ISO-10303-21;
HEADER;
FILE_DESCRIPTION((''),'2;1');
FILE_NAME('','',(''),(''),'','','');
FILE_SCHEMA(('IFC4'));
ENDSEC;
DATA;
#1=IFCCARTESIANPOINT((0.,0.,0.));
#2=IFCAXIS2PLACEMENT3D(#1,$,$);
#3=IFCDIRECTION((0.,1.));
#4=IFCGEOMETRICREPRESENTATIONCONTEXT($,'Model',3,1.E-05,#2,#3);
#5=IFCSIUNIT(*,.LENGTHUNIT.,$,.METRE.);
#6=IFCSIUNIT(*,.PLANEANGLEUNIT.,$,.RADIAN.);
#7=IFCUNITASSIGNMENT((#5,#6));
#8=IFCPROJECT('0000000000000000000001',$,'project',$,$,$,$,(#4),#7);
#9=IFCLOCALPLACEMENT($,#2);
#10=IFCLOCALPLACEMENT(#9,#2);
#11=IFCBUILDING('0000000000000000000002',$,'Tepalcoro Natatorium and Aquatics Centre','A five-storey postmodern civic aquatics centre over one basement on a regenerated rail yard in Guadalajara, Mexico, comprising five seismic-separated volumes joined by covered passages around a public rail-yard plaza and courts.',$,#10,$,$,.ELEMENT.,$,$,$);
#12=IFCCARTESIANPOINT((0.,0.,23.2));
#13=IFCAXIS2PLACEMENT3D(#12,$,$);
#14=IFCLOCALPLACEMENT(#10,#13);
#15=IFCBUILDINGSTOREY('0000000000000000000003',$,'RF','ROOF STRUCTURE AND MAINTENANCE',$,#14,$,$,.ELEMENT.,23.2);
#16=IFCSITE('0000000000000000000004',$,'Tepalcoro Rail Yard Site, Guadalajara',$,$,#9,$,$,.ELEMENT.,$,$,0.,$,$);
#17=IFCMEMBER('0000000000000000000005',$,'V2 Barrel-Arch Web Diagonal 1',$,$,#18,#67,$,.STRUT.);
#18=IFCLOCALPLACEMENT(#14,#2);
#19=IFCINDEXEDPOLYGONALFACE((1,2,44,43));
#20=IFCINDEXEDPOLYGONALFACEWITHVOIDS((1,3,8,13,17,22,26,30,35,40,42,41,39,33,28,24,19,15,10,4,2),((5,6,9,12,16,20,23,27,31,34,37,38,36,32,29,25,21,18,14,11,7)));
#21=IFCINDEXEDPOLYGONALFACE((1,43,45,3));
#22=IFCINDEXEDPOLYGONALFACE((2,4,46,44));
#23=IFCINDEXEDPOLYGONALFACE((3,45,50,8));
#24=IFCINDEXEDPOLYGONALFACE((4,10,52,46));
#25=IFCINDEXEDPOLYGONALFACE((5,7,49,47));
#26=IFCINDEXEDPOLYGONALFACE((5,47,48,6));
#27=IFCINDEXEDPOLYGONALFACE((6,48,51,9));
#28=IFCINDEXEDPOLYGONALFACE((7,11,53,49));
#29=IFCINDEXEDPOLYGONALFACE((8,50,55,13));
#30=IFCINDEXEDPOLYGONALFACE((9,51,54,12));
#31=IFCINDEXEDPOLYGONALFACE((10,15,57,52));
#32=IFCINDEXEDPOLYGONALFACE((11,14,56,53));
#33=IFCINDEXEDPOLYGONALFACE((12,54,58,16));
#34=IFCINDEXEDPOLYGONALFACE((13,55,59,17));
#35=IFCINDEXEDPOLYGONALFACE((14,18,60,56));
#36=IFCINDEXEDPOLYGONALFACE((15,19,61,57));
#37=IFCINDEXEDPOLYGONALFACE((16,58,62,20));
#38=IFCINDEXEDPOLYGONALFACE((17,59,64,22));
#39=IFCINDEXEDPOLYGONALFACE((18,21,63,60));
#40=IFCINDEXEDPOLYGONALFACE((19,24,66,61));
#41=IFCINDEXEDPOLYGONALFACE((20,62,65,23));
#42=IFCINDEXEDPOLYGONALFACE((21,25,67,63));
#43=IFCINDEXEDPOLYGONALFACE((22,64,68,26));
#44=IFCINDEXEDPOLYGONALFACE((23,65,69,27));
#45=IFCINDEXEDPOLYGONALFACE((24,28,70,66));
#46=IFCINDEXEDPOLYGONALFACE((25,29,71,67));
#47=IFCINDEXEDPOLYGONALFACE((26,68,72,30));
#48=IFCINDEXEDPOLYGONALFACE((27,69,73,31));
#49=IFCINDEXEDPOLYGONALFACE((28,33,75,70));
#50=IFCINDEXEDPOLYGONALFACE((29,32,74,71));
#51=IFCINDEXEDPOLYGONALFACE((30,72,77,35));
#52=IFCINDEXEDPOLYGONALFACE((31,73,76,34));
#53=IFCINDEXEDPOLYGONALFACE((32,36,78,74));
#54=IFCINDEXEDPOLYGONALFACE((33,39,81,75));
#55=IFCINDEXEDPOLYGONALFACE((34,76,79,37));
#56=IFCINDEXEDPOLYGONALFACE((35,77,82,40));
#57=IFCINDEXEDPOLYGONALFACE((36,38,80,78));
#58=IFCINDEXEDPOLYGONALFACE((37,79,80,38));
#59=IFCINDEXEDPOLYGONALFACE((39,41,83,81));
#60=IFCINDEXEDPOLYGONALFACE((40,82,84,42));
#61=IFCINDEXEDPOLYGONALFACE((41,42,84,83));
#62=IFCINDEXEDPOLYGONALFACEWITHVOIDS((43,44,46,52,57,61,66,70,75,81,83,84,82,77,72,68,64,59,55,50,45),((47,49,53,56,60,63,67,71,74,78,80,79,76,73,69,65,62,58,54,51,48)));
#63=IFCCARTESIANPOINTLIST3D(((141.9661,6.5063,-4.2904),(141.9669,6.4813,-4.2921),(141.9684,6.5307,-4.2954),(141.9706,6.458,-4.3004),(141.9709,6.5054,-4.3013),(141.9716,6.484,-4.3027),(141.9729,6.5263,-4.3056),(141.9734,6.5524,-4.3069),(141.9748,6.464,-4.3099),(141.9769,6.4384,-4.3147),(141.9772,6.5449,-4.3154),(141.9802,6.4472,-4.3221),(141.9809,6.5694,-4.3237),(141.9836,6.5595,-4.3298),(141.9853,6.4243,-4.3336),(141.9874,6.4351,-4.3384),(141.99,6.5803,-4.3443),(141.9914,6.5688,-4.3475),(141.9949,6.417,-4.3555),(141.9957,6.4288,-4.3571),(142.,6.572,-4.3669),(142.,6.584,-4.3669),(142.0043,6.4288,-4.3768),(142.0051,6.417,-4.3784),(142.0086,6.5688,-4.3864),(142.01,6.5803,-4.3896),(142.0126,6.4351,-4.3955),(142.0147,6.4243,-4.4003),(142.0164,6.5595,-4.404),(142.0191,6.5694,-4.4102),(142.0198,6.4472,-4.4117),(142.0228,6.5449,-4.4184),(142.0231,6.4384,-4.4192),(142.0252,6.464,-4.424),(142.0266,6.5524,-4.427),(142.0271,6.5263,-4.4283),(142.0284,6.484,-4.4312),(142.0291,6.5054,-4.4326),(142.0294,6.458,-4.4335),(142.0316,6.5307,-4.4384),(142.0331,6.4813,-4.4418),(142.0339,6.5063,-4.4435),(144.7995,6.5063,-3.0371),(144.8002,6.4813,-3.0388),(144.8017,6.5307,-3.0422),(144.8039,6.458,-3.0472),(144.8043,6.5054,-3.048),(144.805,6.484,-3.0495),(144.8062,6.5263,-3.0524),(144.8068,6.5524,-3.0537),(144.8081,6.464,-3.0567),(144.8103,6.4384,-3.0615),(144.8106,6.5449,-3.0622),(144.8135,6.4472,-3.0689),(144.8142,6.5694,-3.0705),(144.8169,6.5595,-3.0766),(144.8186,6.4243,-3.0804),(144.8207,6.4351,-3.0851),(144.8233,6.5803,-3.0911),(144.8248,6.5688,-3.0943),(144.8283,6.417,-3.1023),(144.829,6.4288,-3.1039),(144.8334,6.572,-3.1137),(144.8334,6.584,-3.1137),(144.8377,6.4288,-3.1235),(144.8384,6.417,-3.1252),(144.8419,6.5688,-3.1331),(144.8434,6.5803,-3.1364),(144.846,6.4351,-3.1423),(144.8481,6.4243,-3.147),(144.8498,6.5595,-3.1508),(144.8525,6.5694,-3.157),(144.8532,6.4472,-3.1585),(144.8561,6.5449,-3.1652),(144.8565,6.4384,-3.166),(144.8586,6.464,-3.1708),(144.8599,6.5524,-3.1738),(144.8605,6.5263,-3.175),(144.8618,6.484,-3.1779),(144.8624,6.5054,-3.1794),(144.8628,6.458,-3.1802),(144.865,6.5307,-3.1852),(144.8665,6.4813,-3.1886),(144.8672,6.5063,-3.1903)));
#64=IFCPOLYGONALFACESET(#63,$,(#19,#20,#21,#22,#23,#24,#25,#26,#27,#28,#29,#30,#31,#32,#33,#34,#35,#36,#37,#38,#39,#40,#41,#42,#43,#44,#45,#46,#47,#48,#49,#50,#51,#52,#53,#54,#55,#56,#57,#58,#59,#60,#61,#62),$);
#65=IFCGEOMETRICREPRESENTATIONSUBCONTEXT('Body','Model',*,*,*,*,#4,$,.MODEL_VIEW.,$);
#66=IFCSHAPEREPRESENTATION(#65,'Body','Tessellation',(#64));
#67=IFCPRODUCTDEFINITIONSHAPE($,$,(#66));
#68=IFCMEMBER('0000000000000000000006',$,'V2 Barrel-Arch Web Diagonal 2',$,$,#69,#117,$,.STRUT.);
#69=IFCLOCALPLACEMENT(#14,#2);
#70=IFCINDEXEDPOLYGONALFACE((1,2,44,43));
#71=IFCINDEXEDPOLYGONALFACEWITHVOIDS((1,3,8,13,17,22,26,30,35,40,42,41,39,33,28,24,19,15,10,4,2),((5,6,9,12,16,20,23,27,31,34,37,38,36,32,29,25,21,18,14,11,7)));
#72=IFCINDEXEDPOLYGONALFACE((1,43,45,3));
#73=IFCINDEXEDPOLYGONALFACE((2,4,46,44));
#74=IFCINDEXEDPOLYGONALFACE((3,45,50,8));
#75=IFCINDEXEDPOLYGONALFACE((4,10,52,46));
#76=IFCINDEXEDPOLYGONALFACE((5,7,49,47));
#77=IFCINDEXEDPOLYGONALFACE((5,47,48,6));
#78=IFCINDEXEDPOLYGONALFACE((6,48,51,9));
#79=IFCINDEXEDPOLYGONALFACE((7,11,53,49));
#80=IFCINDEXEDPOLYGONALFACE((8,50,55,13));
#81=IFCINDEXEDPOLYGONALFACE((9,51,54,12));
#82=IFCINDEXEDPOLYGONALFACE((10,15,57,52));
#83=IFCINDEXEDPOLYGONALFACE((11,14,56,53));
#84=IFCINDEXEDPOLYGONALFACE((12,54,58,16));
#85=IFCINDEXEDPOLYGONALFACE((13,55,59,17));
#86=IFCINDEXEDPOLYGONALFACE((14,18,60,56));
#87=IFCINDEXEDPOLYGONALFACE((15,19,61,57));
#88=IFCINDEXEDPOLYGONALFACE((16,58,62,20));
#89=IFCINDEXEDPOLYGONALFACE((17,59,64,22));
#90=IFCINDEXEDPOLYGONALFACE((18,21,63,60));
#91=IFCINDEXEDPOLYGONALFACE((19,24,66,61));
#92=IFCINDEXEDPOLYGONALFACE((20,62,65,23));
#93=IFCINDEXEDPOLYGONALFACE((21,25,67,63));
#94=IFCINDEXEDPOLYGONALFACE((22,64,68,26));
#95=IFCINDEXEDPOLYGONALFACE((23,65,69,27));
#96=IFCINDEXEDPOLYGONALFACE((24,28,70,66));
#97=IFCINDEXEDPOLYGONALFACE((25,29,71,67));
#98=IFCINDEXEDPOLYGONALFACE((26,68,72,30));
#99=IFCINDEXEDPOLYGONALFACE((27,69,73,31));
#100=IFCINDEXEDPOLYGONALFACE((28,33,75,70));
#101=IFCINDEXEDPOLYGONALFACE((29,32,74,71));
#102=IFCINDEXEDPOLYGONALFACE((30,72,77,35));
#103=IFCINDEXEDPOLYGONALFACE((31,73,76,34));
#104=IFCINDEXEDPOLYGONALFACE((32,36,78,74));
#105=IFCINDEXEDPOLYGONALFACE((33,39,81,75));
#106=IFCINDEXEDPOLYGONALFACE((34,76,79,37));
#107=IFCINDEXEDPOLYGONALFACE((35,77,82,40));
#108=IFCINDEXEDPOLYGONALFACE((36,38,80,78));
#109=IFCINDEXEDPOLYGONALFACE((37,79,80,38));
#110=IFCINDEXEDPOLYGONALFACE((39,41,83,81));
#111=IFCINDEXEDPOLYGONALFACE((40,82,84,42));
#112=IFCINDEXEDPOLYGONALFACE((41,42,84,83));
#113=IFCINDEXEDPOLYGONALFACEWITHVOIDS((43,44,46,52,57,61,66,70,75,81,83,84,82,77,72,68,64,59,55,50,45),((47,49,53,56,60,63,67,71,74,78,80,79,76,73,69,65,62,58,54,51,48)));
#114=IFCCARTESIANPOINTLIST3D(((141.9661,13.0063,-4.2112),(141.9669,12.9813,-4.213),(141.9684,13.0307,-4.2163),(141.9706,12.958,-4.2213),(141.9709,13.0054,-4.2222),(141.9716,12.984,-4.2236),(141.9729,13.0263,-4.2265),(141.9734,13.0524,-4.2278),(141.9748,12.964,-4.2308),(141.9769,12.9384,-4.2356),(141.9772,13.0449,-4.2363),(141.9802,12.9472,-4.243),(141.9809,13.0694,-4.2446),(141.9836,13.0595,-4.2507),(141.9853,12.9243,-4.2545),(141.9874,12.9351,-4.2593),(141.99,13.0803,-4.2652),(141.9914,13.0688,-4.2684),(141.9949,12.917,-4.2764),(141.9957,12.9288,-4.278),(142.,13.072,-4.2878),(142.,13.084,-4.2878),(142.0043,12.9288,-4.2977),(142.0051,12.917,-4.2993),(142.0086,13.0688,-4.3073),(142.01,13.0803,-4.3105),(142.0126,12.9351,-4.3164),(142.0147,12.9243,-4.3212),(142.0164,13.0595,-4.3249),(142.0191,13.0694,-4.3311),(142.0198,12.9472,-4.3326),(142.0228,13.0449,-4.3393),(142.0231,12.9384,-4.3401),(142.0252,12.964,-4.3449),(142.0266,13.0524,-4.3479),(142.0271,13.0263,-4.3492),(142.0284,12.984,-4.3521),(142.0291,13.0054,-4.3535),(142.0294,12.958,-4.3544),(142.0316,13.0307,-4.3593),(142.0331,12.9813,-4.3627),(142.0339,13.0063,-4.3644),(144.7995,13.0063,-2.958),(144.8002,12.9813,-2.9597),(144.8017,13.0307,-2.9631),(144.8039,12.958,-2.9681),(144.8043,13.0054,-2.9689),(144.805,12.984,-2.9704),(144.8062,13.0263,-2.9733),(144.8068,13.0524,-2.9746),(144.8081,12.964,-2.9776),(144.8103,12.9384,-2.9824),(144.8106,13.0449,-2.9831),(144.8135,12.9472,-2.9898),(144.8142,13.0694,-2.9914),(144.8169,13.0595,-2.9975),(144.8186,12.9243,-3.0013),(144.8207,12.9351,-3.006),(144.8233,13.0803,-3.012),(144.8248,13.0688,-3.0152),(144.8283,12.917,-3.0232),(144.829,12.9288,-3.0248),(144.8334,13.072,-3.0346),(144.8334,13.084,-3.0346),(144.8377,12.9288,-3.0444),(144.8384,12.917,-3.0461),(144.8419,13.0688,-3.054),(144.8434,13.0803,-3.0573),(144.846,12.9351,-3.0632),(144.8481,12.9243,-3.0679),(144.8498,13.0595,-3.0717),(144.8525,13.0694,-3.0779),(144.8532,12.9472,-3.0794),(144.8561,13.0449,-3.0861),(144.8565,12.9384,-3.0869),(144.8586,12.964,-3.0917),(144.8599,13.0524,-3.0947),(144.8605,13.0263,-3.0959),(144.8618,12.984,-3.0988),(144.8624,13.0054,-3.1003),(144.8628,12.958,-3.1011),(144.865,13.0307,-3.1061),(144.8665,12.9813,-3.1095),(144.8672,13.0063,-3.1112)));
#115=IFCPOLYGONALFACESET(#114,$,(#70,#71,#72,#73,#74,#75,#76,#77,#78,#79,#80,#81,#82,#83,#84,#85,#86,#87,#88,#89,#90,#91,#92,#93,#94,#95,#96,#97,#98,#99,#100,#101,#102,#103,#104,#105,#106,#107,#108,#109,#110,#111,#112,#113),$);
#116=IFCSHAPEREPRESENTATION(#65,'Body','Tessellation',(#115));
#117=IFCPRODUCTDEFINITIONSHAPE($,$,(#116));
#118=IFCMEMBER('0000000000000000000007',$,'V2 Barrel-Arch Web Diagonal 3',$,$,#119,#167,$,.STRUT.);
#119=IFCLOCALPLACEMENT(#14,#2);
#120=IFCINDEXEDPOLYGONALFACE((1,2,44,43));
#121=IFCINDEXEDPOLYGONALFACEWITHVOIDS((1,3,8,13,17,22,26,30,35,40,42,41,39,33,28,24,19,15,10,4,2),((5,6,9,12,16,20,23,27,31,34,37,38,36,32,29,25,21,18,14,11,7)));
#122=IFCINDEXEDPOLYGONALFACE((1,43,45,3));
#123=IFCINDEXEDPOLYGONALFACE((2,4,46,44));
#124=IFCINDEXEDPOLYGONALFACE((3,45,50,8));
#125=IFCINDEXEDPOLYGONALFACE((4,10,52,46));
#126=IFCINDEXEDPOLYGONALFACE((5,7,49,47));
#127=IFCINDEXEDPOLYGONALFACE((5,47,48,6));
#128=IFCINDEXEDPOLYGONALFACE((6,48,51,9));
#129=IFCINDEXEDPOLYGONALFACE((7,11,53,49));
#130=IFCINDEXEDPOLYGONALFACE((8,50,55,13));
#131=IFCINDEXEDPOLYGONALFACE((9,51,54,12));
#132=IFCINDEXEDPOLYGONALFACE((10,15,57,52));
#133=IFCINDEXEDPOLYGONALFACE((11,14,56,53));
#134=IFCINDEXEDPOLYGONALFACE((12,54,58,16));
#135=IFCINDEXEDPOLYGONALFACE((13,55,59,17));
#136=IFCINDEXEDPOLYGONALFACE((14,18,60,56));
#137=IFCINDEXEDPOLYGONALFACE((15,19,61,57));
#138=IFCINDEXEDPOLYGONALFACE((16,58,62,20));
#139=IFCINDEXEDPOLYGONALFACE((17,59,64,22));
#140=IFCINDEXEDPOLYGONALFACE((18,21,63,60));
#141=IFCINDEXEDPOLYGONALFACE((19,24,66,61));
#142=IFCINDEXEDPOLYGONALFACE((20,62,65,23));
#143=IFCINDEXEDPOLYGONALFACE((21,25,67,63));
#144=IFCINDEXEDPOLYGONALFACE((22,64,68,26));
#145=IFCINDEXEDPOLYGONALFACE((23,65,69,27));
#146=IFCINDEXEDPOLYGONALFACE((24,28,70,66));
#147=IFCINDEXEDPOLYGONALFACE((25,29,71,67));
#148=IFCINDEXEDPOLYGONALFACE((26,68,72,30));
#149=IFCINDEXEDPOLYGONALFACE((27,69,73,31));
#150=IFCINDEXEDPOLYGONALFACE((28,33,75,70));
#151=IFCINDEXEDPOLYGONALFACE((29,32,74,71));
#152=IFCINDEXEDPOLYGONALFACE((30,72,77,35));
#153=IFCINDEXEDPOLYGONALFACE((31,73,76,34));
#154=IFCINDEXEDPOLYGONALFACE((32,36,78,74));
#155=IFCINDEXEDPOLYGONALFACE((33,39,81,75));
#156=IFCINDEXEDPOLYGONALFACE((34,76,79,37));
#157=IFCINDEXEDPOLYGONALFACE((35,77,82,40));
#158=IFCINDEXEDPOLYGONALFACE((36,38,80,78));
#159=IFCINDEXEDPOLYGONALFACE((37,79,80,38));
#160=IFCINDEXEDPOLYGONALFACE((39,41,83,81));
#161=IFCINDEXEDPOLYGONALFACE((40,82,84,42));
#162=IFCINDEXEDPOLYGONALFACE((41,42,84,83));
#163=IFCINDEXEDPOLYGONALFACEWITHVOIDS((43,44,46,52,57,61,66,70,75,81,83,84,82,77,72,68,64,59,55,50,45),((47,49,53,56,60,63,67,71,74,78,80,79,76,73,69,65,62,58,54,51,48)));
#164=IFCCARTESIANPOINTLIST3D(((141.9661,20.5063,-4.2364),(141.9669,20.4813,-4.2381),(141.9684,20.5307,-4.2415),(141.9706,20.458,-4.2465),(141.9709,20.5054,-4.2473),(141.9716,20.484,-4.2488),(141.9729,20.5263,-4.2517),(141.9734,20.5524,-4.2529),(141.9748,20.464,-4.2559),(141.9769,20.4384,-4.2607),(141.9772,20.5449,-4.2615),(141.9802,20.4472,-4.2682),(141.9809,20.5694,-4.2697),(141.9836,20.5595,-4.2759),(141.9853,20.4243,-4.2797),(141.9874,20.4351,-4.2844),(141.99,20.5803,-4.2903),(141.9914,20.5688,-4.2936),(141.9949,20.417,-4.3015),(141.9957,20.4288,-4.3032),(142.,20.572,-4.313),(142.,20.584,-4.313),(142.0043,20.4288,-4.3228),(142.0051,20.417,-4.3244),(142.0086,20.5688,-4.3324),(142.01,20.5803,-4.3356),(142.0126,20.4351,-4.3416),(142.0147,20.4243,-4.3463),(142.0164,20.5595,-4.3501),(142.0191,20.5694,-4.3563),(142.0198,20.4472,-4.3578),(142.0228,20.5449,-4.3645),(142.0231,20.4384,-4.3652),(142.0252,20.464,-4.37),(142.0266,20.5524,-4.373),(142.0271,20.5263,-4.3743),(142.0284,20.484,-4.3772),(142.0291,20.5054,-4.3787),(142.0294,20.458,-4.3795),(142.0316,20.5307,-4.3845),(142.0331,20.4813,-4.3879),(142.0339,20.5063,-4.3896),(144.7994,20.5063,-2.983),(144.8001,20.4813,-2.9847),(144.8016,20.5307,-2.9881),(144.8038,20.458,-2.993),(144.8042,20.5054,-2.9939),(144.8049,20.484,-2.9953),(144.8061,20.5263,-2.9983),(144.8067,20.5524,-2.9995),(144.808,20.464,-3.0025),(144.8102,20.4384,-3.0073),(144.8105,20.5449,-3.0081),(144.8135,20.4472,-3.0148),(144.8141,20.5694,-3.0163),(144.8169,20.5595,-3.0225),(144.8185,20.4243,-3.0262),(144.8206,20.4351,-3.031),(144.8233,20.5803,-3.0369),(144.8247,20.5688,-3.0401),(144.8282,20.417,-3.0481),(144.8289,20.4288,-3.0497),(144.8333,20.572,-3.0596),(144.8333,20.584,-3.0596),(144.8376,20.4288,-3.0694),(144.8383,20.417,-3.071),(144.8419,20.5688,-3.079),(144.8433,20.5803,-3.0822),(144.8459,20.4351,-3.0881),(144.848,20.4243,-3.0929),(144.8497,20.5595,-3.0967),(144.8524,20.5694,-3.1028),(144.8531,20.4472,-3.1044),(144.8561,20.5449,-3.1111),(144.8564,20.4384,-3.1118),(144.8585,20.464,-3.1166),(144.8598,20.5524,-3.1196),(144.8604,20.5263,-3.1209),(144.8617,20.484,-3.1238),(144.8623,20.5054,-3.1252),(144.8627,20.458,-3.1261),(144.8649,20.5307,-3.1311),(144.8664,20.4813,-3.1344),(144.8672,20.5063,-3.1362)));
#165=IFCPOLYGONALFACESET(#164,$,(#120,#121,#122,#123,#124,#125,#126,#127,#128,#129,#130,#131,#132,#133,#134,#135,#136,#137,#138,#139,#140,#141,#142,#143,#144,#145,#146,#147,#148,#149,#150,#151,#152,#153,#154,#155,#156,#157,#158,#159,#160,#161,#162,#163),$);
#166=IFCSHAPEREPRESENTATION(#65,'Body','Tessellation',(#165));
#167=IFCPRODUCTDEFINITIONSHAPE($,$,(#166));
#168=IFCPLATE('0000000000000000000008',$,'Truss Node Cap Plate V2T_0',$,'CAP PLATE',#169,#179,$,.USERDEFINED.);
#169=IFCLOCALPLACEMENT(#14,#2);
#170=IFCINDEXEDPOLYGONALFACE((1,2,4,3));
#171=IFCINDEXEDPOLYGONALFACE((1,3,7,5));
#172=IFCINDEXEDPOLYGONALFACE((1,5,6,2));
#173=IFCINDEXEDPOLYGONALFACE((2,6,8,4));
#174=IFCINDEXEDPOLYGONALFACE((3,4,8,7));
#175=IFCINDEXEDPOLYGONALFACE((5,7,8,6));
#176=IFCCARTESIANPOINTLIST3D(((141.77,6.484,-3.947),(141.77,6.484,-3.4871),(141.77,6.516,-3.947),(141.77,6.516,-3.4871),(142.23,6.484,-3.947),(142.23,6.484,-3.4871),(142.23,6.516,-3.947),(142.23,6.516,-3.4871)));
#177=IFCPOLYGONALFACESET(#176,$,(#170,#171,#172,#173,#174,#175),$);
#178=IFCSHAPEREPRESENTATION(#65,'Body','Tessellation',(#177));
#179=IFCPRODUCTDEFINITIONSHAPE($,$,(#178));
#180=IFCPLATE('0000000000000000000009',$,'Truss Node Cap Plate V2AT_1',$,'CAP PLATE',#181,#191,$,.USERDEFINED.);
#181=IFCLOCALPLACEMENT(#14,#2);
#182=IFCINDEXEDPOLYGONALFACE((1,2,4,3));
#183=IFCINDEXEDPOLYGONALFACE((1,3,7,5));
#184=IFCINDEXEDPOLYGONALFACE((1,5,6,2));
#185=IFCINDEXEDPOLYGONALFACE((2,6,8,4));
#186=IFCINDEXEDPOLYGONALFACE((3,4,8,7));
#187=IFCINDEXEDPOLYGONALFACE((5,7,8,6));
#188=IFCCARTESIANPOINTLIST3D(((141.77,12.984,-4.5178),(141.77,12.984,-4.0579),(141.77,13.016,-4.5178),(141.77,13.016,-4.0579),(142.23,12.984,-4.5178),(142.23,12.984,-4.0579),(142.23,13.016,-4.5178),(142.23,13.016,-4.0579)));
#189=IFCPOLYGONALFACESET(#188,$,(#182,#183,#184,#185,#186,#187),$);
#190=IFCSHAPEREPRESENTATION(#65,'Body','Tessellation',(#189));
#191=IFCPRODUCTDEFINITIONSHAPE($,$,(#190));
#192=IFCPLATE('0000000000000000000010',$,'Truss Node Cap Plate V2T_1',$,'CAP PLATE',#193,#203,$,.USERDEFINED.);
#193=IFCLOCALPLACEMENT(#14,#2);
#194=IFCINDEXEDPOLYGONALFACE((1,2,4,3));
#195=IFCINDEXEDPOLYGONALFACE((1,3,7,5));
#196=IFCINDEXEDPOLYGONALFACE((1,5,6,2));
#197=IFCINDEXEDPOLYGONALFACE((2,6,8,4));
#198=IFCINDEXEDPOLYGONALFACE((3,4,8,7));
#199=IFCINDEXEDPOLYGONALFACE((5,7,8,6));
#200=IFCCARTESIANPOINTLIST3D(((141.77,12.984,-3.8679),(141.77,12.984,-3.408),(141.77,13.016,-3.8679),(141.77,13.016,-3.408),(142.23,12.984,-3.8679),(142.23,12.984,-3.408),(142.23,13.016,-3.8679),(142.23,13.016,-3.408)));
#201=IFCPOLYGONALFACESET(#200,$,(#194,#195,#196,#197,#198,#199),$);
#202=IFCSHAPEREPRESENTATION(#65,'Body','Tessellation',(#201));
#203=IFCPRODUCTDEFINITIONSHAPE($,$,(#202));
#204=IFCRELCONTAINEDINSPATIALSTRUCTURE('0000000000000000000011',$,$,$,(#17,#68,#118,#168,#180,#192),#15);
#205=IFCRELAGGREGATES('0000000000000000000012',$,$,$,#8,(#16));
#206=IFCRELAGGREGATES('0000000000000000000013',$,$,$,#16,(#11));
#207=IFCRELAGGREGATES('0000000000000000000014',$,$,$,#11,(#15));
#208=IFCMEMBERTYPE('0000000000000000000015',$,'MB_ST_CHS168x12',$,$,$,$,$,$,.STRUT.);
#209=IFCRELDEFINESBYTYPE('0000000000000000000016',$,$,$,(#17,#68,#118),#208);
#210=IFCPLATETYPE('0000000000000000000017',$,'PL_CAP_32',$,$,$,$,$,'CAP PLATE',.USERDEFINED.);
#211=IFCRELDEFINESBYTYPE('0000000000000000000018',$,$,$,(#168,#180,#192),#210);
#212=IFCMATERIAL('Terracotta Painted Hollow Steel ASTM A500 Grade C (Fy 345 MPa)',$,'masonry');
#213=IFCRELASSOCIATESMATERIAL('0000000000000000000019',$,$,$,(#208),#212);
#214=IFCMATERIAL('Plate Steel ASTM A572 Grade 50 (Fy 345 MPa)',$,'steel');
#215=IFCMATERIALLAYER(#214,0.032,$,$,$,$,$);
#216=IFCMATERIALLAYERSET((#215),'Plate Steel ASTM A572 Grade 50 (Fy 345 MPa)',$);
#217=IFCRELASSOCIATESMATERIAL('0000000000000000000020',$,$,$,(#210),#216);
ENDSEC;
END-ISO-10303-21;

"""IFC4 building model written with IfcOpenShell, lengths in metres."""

from ifc_helpers import new_model, si_unit, direction, frame, origin, origin_2d, place, context, subcontext, project, spatial, rectangle, hollow_circle, extrude, material, layer, layer_set, material_profile, profile_set, type_object, element, save


model = new_model("IFC4")

# Units and contexts
model_context = context("Model", 3, precision=1e-05, world=origin(), true_north=direction((0.0, 1.0)))
body_context = subcontext(model_context, "Body", "Model", "MODEL_VIEW")
ifc_project = project(units=[si_unit("LENGTHUNIT", "METRE"), si_unit("PLANEANGLEUNIT", "RADIAN")], contexts=[model_context])

# Site, building, storey
site_placement = place(None, origin())
site = spatial("IfcSite", under=ifc_project, at=site_placement, Name="Tepalcoro Rail Yard Site, Guadalajara", CompositionType="ELEMENT", RefElevation=0.0)
building_placement = place(site_placement, origin())
building = spatial("IfcBuilding", under=site, at=building_placement, Name="Tepalcoro Natatorium and Aquatics Centre", Description="A five-storey postmodern civic aquatics centre over one basement on a regenerated rail yard in Guadalajara, Mexico, comprising five seismic-separated volumes joined by covered passages around a public rail-yard plaza and courts.", CompositionType="ELEMENT")
storey_placement = place(building_placement, frame((0.0, 0.0, 23.2)))
storey = spatial("IfcBuildingStorey", under=building, at=storey_placement, Name="RF", Description="ROOF STRUCTURE AND MAINTENANCE", CompositionType="ELEMENT", Elevation=23.2)

# Shared definitions
ifc_material_1 = material(Name="Terracotta Painted Hollow Steel ASTM A500 Grade C (Fy 345 MPa)", Category="masonry")

# Members
ifc_material_profile_1 = material_profile(ifc_material_1, hollow_circle(Radius=0.084, WallThickness=0.012, at=origin_2d()), Name="CHS168X12")
ifc_profile_set_1 = profile_set([ifc_material_profile_1], Name="Terracotta Painted Hollow Steel ASTM A500 Grade C (Fy 345 MPa)")
member_type_1 = type_object("IfcMemberType", Name="MB_ST_CHS168x12", PredefinedType="STRUT", material=ifc_profile_set_1)
for number, where, z_axis, x_axis, name in (
    (1, (142.0, 6.5, -4.3669), (0.914535, 0.0, 0.404507), (0.0, 1.0, 0.0), "V2 Barrel-Arch Web Diagonal 1"),
    (2, (142.0, 13.0, -4.2878), (0.914535, 0.0, 0.404507), (0.0, 1.0, 0.0), "V2 Barrel-Arch Web Diagonal 2"),
    (3, (142.0, 20.5, -4.313), (0.914506, 0.0, 0.404573), (0.0, 1.0, 0.0), "V2 Barrel-Arch Web Diagonal 3"),
):
    element("IfcMember", number, at=place(storey_placement, frame(where, z_axis=z_axis, x_axis=x_axis)), inside=storey, type_object=member_type_1, Name=name, PredefinedType="STRUT", context=body_context, shape_type="SweptSolid", body=[
        extrude(hollow_circle(Radius=0.084, WallThickness=0.012, at=origin_2d()), origin(), (0.0, 0.0, 1.0), 3.0981),
    ])

# Plates
ifc_material_2 = material(Name="Plate Steel ASTM A572 Grade 50 (Fy 345 MPa)", Category="steel")
ifc_layer_1 = layer(ifc_material_2, 0.032)
ifc_layer_set_1 = layer_set([ifc_layer_1], Name="Plate Steel ASTM A572 Grade 50 (Fy 345 MPa)")
plate_type = type_object("IfcPlateType", Name="PL_CAP_32", ElementType="CAP PLATE", PredefinedType="USERDEFINED", material=ifc_layer_set_1)
for number, where, z_axis, x_axis, name in (
    (4, (142.0, 6.5, -3.947), (0.0, 0.0, 1.0), (1.0, 0.0, 0.0), "Truss Node Cap Plate V2T_0"),
    (5, (142.0, 13.0, -4.5178), (0.0, 0.0, 1.0), (1.0, 0.0, 0.0), "Truss Node Cap Plate V2AT_1"),
    (6, (142.0, 13.0, -3.8679), (0.0, 0.0, 1.0), (1.0, 0.0, 0.0), "Truss Node Cap Plate V2T_1"),
):
    element("IfcPlate", number, at=place(storey_placement, frame(where, z_axis=z_axis, x_axis=x_axis)), inside=storey, type_object=plate_type, Name=name, ObjectType="CAP PLATE", PredefinedType="USERDEFINED", context=body_context, shape_type="SweptSolid", body=[
        extrude(rectangle(XDim=0.46, YDim=0.032, at=origin_2d()), origin(), (0.0, 0.0, 1.0), 0.46),
    ])

save(model, "model.ifc")
